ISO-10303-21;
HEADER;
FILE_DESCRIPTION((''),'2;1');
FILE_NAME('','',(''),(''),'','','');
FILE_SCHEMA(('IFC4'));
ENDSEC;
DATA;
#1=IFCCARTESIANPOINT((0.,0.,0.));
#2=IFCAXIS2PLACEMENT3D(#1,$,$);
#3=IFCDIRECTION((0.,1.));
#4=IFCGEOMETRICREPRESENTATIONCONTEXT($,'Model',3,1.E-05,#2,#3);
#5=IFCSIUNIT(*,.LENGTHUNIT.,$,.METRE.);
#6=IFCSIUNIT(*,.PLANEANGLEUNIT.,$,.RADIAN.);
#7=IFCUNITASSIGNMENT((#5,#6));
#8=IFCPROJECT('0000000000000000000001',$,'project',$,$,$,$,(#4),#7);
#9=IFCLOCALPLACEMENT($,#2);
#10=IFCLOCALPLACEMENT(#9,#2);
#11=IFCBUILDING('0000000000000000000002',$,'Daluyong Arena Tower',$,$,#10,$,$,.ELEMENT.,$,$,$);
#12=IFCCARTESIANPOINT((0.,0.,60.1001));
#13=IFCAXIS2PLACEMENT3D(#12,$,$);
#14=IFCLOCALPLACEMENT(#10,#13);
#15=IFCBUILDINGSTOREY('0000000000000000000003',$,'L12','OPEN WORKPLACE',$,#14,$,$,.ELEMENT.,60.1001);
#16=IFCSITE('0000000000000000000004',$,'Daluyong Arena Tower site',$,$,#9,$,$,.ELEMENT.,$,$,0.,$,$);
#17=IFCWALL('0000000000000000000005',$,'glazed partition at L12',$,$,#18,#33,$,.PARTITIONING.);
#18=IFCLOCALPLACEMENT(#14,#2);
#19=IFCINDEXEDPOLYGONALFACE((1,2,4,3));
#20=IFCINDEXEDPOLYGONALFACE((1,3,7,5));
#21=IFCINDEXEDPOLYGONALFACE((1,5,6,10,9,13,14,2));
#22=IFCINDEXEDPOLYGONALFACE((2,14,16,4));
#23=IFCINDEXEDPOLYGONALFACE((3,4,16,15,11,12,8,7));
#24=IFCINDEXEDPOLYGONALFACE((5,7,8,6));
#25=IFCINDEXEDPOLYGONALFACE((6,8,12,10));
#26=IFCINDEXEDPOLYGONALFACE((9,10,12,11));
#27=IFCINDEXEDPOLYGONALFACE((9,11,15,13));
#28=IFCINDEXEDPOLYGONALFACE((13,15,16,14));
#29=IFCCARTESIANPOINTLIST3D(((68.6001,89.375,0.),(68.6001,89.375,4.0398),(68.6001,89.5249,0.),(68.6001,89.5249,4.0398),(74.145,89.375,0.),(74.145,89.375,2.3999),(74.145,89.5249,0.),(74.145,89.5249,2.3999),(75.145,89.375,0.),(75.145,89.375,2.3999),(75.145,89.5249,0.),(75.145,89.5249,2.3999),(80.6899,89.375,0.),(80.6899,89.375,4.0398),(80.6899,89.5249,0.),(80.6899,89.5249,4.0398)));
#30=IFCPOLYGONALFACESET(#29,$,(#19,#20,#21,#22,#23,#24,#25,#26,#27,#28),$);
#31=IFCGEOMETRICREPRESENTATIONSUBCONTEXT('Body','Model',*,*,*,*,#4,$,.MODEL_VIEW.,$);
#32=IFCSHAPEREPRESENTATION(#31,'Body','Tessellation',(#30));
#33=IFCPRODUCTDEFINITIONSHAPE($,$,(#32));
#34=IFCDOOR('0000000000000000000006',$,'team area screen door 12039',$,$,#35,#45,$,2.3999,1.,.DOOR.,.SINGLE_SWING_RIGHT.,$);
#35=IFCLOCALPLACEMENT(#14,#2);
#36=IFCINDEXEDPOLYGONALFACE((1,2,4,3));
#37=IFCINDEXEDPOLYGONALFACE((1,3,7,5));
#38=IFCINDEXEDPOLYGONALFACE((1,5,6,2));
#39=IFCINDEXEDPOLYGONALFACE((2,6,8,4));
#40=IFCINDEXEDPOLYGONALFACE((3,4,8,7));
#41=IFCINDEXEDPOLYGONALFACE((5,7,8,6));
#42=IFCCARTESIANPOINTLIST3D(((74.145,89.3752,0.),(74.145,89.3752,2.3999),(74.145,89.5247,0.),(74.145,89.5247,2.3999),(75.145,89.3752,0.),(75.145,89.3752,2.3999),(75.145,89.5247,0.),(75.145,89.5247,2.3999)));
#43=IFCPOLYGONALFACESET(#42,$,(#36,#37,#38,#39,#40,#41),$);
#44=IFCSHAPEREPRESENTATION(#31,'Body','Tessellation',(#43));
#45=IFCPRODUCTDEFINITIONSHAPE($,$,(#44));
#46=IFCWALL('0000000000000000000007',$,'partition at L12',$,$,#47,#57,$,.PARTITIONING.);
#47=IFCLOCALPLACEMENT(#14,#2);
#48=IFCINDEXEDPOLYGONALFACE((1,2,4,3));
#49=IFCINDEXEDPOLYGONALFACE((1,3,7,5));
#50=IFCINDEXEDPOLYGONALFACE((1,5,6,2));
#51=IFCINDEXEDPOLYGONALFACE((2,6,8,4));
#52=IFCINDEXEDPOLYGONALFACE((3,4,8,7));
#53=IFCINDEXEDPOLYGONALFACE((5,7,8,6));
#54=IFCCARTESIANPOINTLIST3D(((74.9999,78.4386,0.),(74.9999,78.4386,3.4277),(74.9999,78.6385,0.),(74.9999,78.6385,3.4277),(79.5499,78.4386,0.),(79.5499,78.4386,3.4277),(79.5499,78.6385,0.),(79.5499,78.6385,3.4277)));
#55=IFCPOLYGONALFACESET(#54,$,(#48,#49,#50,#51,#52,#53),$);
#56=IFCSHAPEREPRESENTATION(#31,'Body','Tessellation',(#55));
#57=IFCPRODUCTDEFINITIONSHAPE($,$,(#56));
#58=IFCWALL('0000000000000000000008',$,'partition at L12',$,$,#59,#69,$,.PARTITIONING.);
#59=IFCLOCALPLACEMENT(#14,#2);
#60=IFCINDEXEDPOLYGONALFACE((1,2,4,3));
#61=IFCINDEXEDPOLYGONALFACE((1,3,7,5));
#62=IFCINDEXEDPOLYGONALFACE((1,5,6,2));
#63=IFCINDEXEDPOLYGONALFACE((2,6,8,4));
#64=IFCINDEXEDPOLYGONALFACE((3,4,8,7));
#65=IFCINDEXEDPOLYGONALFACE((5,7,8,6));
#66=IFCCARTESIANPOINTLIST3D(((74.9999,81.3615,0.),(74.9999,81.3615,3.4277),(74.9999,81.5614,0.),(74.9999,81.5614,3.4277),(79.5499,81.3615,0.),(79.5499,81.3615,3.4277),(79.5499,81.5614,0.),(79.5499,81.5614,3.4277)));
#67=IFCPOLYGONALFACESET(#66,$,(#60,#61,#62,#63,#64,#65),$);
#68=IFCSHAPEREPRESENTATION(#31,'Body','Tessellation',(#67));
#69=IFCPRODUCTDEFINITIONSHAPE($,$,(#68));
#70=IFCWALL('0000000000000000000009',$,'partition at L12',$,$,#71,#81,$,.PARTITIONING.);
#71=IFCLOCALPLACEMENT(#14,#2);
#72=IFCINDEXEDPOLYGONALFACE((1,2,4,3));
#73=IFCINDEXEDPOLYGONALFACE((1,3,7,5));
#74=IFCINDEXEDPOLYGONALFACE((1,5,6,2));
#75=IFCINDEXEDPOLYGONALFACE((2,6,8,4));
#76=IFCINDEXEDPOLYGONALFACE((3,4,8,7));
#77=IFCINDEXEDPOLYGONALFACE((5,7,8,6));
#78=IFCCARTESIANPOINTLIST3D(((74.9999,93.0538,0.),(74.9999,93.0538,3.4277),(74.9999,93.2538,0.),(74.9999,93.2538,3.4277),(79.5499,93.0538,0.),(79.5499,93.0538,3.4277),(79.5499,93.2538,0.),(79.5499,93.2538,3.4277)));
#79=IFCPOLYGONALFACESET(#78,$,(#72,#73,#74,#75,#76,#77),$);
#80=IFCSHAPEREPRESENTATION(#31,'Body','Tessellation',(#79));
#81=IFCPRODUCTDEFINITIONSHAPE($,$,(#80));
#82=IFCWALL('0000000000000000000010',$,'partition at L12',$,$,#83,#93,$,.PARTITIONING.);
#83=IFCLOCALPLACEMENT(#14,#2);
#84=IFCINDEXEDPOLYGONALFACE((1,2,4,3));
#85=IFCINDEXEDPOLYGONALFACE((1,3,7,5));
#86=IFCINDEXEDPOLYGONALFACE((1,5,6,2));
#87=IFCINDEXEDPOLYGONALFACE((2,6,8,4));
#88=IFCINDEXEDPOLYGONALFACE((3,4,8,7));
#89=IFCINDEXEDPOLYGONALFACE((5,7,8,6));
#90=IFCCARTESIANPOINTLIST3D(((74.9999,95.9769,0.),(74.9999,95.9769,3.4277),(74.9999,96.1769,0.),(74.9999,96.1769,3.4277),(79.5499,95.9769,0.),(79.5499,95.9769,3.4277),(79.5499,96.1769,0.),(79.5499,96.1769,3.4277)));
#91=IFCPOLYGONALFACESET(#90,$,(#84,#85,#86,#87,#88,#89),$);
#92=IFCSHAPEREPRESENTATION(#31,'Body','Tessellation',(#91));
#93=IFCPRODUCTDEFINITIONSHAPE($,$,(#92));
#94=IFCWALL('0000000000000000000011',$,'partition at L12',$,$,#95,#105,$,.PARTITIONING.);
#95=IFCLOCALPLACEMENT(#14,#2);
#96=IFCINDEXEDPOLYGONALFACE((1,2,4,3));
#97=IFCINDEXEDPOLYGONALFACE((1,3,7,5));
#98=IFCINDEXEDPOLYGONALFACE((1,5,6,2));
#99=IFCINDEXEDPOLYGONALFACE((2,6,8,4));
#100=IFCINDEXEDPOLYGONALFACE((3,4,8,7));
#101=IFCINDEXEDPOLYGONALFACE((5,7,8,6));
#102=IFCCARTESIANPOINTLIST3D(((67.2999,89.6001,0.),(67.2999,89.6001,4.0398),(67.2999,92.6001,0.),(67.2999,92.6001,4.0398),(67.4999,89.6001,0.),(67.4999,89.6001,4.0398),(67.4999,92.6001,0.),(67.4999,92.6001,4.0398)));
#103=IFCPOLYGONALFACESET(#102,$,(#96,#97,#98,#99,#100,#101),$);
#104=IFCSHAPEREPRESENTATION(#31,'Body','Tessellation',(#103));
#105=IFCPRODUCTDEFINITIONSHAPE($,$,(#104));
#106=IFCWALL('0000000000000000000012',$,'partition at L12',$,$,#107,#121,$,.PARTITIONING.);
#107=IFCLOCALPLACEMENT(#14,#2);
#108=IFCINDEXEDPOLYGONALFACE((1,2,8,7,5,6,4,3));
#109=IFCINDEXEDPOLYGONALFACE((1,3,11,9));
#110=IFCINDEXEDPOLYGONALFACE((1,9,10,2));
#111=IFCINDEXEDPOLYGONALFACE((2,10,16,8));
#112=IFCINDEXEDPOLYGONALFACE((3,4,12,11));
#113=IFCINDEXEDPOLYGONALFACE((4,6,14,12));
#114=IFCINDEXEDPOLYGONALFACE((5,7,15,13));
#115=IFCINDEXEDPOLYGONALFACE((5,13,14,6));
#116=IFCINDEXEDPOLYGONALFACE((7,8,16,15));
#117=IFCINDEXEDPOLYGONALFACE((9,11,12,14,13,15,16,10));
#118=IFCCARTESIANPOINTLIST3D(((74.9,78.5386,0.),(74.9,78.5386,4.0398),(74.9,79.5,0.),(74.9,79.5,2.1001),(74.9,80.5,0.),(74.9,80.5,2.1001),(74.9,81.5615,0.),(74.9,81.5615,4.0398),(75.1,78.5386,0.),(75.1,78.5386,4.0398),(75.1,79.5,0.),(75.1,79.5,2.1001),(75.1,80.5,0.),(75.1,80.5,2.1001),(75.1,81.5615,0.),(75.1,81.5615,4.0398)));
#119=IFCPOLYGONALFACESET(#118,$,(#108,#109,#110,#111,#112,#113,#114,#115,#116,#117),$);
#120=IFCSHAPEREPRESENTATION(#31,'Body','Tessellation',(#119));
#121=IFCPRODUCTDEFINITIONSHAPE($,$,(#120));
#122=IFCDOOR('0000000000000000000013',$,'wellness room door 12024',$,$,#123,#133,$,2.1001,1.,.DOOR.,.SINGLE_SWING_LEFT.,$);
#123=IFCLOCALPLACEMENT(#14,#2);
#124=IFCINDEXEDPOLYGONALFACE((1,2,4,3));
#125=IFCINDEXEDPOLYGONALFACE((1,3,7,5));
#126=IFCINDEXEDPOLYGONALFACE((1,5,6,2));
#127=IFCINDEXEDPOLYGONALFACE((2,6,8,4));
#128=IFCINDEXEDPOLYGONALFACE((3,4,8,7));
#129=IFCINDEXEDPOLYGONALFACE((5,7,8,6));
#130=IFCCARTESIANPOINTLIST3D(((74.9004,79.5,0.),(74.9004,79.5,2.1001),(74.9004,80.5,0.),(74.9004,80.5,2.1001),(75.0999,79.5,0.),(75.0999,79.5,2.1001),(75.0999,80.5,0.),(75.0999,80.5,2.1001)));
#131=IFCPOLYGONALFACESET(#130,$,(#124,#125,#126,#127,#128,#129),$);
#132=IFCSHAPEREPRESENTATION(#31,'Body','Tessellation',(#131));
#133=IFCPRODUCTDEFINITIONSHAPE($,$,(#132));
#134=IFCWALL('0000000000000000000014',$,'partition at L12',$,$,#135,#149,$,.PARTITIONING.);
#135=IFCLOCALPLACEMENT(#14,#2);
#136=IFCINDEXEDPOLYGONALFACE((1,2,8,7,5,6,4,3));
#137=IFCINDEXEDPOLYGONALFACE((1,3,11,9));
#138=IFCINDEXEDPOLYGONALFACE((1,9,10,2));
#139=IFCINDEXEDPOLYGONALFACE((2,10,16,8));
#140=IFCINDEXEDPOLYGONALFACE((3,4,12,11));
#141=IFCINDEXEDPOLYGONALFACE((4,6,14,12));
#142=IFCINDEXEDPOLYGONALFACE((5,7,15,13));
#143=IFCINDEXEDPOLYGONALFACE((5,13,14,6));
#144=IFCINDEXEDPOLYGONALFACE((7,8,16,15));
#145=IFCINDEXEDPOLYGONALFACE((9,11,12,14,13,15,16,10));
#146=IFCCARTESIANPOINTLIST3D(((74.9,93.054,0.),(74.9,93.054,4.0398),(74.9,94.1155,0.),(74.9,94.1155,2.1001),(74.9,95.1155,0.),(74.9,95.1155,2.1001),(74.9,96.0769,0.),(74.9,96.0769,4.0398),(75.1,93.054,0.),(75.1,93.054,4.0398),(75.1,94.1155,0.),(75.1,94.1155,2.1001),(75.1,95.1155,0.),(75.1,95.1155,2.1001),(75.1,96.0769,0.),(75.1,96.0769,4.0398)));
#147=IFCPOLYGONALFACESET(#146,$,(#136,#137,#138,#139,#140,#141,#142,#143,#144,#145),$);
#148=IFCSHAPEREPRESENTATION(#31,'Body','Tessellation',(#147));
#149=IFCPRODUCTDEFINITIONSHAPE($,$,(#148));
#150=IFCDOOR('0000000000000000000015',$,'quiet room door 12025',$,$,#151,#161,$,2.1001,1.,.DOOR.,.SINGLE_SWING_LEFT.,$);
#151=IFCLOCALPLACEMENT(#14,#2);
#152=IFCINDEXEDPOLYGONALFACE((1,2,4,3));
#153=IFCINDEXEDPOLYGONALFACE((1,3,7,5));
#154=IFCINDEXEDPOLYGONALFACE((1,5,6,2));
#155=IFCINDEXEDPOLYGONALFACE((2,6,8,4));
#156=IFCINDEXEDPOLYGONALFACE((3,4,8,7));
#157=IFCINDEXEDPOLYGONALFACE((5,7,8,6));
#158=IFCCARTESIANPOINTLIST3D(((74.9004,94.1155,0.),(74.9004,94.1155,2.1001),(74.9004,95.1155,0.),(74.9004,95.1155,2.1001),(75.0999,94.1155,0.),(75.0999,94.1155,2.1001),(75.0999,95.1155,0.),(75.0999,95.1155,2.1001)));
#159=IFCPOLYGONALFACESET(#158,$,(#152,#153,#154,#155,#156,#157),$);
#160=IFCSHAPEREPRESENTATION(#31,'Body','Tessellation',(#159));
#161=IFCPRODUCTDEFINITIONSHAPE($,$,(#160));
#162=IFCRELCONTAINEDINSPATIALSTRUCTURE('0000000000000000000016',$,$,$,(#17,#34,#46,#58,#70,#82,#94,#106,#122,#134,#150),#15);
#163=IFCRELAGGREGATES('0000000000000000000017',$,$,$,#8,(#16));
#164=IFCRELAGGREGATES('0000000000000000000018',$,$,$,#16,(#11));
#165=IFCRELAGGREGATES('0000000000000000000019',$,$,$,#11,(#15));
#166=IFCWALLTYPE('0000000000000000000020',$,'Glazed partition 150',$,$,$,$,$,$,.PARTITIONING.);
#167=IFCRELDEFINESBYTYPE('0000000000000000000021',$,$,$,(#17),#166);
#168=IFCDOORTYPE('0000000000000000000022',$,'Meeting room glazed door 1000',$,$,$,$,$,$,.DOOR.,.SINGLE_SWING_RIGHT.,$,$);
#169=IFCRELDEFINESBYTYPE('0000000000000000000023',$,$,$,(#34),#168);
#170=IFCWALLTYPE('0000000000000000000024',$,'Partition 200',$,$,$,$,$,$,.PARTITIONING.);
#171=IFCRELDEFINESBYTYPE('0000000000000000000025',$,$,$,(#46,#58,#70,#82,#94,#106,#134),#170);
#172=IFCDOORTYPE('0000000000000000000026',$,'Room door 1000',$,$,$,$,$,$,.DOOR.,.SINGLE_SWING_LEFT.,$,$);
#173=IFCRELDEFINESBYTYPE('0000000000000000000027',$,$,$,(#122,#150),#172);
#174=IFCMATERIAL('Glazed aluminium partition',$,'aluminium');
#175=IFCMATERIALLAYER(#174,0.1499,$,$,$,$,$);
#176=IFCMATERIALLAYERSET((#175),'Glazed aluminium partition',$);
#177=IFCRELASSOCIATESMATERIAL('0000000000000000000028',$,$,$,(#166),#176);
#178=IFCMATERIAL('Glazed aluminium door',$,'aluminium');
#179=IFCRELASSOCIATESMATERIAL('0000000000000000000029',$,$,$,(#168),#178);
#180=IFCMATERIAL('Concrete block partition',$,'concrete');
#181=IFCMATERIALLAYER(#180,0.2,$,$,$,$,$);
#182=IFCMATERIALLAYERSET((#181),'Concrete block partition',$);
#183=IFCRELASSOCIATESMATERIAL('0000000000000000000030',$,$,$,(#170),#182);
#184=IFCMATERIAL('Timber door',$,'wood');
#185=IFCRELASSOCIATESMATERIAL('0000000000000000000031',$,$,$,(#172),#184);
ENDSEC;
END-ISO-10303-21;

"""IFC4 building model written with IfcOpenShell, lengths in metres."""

from ifc_helpers import new_model, si_unit, direction, frame, frame_2d, origin, place, context, subcontext, project, spatial, rectangle, extrude, material, layer, layer_set, type_object, element, fill, save


model = new_model("IFC4")

# Units and contexts
model_context = context("Model", 3, precision=1e-05, world=origin(), true_north=direction((0.0, 1.0)))
body_context = subcontext(model_context, "Body", "Model", "MODEL_VIEW")
ifc_project = project(units=[si_unit("LENGTHUNIT", "METRE"), si_unit("PLANEANGLEUNIT", "RADIAN")], contexts=[model_context])

# Site, building, storey
site_placement = place(None, origin())
site = spatial("IfcSite", under=ifc_project, at=site_placement, Name="Daluyong Arena Tower site", CompositionType="ELEMENT", RefElevation=0.0)
building_placement = place(site_placement, origin())
building = spatial("IfcBuilding", under=site, at=building_placement, Name="Daluyong Arena Tower", CompositionType="ELEMENT")
storey_placement = place(building_placement, frame((0.0, 0.0, 60.1001)))
storey = spatial("IfcBuildingStorey", under=building, at=storey_placement, Name="L12", Description="OPEN WORKPLACE", CompositionType="ELEMENT", Elevation=60.1001)

# Wall, opening, door
ifc_material_1 = material(Name="Glazed aluminium partition", Category="aluminium")
ifc_layer_1 = layer(ifc_material_1, 0.1499)
ifc_layer_set_1 = layer_set([ifc_layer_1], Name="Glazed aluminium partition")
wall_type_1 = type_object("IfcWallType", Name="Glazed partition 150", PredefinedType="PARTITIONING", material=ifc_layer_set_1)
wall_1_placement = place(storey_placement, frame((68.6001, 89.45, 0.0), z_axis=(0.0, 0.0, 1.0), x_axis=(1.0, 0.0, 0.0)))
wall_1 = element("IfcWall", 1, at=wall_1_placement, inside=storey, type_object=wall_type_1, Name="glazed partition at L12", PredefinedType="PARTITIONING", context=body_context, shape_type="SweptSolid", body=[
    extrude(rectangle(XDim=12.0898, YDim=0.1499, at=frame_2d((6.0449, 0.0))), origin(), (0.0, 0.0, 1.0), 4.0398),
])
opening_1_placement = place(wall_1_placement, frame((5.5449, 0.0, 0.0)))
opening_1 = element("IfcOpeningElement", 2, at=opening_1_placement, cuts=wall_1, PredefinedType="OPENING", context=body_context, shape_type="SweptSolid", body=[
    extrude(rectangle(XDim=1.0, YDim=2.3999, at=frame_2d((0.5, 1.2))), frame((0.0, 0.085, 0.0), z_axis=(0.0, -1.0, 0.0), x_axis=(1.0, 0.0, 0.0)), (0.0, 0.0, 1.0), 0.1699),
])
ifc_material_2 = material(Name="Glazed aluminium door", Category="aluminium")
door_type_1 = type_object("IfcDoorType", Name="Meeting room glazed door 1000", OperationType="SINGLE_SWING_RIGHT", PredefinedType="DOOR", material=ifc_material_2)
door_1_placement = place(opening_1_placement, origin())
door_1 = element("IfcDoor", 3, at=door_1_placement, inside=storey, type_object=door_type_1, Name="team area screen door 12039", OperationType="SINGLE_SWING_RIGHT", OverallHeight=2.3999, OverallWidth=1.0, PredefinedType="DOOR", context=body_context, shape_type="SweptSolid", body=[
    extrude(rectangle(XDim=1.0, YDim=2.3999, at=frame_2d((0.5, 1.2))), frame((0.0, 0.0747, 0.0), z_axis=(0.0, -1.0, 0.0), x_axis=(1.0, 0.0, 0.0)), (0.0, 0.0, 1.0), 0.1494),
])
fill(opening_1, door_1)

# Walls
ifc_material_3 = material(Name="Concrete block partition", Category="concrete")
ifc_layer_2 = layer(ifc_material_3, 0.2)
ifc_layer_set_2 = layer_set([ifc_layer_2], Name="Concrete block partition")
wall_type_2 = type_object("IfcWallType", Name="Partition 200", PredefinedType="PARTITIONING", material=ifc_layer_set_2)
for number, where, z_axis, x_axis, name in (
    (4, (75.0, 78.5386, 0.0), (0.0, 0.0, 1.0), (1.0, 0.0, 0.0), "partition at L12"),
    (5, (75.0, 81.4614, 0.0), (0.0, 0.0, 1.0), (1.0, 0.0, 0.0), "partition at L12"),
    (6, (75.0, 93.1538, 0.0), (0.0, 0.0, 1.0), (1.0, 0.0, 0.0), "partition at L12"),
    (7, (75.0, 96.0769, 0.0), (0.0, 0.0, 1.0), (1.0, 0.0, 0.0), "partition at L12"),
):
    element("IfcWall", number, at=place(storey_placement, frame(where, z_axis=z_axis, x_axis=x_axis)), inside=storey, type_object=wall_type_2, Name=name, PredefinedType="PARTITIONING", context=body_context, shape_type="SweptSolid", body=[
        extrude(rectangle(XDim=4.55, YDim=0.2, at=frame_2d((2.2749, 0.0))), origin(), (0.0, 0.0, 1.0), 3.4277),
    ])
wall_2_placement = place(storey_placement, frame((67.3999, 89.6001, 0.0), z_axis=(0.0, 0.0, 1.0), x_axis=(0.0, 1.0, 0.0)))
element("IfcWall", 8, at=wall_2_placement, inside=storey, type_object=wall_type_2, Name="partition at L12", PredefinedType="PARTITIONING", context=body_context, shape_type="SweptSolid", body=[
    extrude(rectangle(XDim=3.0, YDim=0.2, at=frame_2d((1.5, 0.0))), origin(), (0.0, 0.0, 1.0), 4.0398),
])

# Walls, openings, doors
wall_3_placement = place(storey_placement, frame((75.0, 78.5386, 0.0), z_axis=(0.0, 0.0, 1.0), x_axis=(0.0, 1.0, 0.0)))
wall_3 = element("IfcWall", 9, at=wall_3_placement, inside=storey, type_object=wall_type_2, Name="partition at L12", PredefinedType="PARTITIONING", context=body_context, shape_type="SweptSolid", body=[
    extrude(rectangle(XDim=3.0229, YDim=0.2, at=frame_2d((1.5115, 0.0))), origin(), (0.0, 0.0, 1.0), 4.0398),
])
opening_2_placement = place(wall_3_placement, frame((0.9614, 0.0, 0.0)))
opening_2 = element("IfcOpeningElement", 10, at=opening_2_placement, cuts=wall_3, PredefinedType="OPENING", context=body_context, shape_type="SweptSolid", body=[
    extrude(rectangle(XDim=1.0, YDim=2.1001, at=frame_2d((0.5, 1.05))), frame((0.0, 0.1099, 0.0), z_axis=(0.0, -1.0, 0.0), x_axis=(1.0, 0.0, 0.0)), (0.0, 0.0, 1.0), 0.22),
])
ifc_material_4 = material(Name="Timber door", Category="wood")
door_type_2 = type_object("IfcDoorType", Name="Room door 1000", OperationType="SINGLE_SWING_LEFT", PredefinedType="DOOR", material=ifc_material_4)
door_2_placement = place(opening_2_placement, origin())
door_2 = element("IfcDoor", 11, at=door_2_placement, inside=storey, type_object=door_type_2, Name="wellness room door 12024", OperationType="SINGLE_SWING_LEFT", OverallHeight=2.1001, OverallWidth=1.0, PredefinedType="DOOR", context=body_context, shape_type="SweptSolid", body=[
    extrude(rectangle(XDim=1.0, YDim=2.1001, at=frame_2d((0.5, 1.05))), frame((0.0, 0.0996, 0.0), z_axis=(0.0, -1.0, 0.0), x_axis=(1.0, 0.0, 0.0)), (0.0, 0.0, 1.0), 0.1995),
])
fill(opening_2, door_2)
wall_4_placement = place(storey_placement, frame((75.0, 93.054, 0.0), z_axis=(0.0, 0.0, 1.0), x_axis=(0.0, 1.0, 0.0)))
wall_4 = element("IfcWall", 12, at=wall_4_placement, inside=storey, type_object=wall_type_2, Name="partition at L12", PredefinedType="PARTITIONING", context=body_context, shape_type="SweptSolid", body=[
    extrude(rectangle(XDim=3.0229, YDim=0.2, at=frame_2d((1.5115, 0.0))), origin(), (0.0, 0.0, 1.0), 4.0398),
])
opening_3_placement = place(wall_4_placement, frame((1.0615, 0.0, 0.0)))
opening_3 = element("IfcOpeningElement", 13, at=opening_3_placement, cuts=wall_4, PredefinedType="OPENING", context=body_context, shape_type="SweptSolid", body=[
    extrude(rectangle(XDim=1.0, YDim=2.1001, at=frame_2d((0.5, 1.05))), frame((0.0, 0.1099, 0.0), z_axis=(0.0, -1.0, 0.0), x_axis=(1.0, 0.0, 0.0)), (0.0, 0.0, 1.0), 0.22),
])
door_3_placement = place(opening_3_placement, origin())
door_3 = element("IfcDoor", 14, at=door_3_placement, inside=storey, type_object=door_type_2, Name="quiet room door 12025", OperationType="SINGLE_SWING_LEFT", OverallHeight=2.1001, OverallWidth=1.0, PredefinedType="DOOR", context=body_context, shape_type="SweptSolid", body=[
    extrude(rectangle(XDim=1.0, YDim=2.1001, at=frame_2d((0.5, 1.05))), frame((0.0, 0.0996, 0.0), z_axis=(0.0, -1.0, 0.0), x_axis=(1.0, 0.0, 0.0)), (0.0, 0.0, 1.0), 0.1995),
])
fill(opening_3, door_3)

save(model, "model.ifc")
